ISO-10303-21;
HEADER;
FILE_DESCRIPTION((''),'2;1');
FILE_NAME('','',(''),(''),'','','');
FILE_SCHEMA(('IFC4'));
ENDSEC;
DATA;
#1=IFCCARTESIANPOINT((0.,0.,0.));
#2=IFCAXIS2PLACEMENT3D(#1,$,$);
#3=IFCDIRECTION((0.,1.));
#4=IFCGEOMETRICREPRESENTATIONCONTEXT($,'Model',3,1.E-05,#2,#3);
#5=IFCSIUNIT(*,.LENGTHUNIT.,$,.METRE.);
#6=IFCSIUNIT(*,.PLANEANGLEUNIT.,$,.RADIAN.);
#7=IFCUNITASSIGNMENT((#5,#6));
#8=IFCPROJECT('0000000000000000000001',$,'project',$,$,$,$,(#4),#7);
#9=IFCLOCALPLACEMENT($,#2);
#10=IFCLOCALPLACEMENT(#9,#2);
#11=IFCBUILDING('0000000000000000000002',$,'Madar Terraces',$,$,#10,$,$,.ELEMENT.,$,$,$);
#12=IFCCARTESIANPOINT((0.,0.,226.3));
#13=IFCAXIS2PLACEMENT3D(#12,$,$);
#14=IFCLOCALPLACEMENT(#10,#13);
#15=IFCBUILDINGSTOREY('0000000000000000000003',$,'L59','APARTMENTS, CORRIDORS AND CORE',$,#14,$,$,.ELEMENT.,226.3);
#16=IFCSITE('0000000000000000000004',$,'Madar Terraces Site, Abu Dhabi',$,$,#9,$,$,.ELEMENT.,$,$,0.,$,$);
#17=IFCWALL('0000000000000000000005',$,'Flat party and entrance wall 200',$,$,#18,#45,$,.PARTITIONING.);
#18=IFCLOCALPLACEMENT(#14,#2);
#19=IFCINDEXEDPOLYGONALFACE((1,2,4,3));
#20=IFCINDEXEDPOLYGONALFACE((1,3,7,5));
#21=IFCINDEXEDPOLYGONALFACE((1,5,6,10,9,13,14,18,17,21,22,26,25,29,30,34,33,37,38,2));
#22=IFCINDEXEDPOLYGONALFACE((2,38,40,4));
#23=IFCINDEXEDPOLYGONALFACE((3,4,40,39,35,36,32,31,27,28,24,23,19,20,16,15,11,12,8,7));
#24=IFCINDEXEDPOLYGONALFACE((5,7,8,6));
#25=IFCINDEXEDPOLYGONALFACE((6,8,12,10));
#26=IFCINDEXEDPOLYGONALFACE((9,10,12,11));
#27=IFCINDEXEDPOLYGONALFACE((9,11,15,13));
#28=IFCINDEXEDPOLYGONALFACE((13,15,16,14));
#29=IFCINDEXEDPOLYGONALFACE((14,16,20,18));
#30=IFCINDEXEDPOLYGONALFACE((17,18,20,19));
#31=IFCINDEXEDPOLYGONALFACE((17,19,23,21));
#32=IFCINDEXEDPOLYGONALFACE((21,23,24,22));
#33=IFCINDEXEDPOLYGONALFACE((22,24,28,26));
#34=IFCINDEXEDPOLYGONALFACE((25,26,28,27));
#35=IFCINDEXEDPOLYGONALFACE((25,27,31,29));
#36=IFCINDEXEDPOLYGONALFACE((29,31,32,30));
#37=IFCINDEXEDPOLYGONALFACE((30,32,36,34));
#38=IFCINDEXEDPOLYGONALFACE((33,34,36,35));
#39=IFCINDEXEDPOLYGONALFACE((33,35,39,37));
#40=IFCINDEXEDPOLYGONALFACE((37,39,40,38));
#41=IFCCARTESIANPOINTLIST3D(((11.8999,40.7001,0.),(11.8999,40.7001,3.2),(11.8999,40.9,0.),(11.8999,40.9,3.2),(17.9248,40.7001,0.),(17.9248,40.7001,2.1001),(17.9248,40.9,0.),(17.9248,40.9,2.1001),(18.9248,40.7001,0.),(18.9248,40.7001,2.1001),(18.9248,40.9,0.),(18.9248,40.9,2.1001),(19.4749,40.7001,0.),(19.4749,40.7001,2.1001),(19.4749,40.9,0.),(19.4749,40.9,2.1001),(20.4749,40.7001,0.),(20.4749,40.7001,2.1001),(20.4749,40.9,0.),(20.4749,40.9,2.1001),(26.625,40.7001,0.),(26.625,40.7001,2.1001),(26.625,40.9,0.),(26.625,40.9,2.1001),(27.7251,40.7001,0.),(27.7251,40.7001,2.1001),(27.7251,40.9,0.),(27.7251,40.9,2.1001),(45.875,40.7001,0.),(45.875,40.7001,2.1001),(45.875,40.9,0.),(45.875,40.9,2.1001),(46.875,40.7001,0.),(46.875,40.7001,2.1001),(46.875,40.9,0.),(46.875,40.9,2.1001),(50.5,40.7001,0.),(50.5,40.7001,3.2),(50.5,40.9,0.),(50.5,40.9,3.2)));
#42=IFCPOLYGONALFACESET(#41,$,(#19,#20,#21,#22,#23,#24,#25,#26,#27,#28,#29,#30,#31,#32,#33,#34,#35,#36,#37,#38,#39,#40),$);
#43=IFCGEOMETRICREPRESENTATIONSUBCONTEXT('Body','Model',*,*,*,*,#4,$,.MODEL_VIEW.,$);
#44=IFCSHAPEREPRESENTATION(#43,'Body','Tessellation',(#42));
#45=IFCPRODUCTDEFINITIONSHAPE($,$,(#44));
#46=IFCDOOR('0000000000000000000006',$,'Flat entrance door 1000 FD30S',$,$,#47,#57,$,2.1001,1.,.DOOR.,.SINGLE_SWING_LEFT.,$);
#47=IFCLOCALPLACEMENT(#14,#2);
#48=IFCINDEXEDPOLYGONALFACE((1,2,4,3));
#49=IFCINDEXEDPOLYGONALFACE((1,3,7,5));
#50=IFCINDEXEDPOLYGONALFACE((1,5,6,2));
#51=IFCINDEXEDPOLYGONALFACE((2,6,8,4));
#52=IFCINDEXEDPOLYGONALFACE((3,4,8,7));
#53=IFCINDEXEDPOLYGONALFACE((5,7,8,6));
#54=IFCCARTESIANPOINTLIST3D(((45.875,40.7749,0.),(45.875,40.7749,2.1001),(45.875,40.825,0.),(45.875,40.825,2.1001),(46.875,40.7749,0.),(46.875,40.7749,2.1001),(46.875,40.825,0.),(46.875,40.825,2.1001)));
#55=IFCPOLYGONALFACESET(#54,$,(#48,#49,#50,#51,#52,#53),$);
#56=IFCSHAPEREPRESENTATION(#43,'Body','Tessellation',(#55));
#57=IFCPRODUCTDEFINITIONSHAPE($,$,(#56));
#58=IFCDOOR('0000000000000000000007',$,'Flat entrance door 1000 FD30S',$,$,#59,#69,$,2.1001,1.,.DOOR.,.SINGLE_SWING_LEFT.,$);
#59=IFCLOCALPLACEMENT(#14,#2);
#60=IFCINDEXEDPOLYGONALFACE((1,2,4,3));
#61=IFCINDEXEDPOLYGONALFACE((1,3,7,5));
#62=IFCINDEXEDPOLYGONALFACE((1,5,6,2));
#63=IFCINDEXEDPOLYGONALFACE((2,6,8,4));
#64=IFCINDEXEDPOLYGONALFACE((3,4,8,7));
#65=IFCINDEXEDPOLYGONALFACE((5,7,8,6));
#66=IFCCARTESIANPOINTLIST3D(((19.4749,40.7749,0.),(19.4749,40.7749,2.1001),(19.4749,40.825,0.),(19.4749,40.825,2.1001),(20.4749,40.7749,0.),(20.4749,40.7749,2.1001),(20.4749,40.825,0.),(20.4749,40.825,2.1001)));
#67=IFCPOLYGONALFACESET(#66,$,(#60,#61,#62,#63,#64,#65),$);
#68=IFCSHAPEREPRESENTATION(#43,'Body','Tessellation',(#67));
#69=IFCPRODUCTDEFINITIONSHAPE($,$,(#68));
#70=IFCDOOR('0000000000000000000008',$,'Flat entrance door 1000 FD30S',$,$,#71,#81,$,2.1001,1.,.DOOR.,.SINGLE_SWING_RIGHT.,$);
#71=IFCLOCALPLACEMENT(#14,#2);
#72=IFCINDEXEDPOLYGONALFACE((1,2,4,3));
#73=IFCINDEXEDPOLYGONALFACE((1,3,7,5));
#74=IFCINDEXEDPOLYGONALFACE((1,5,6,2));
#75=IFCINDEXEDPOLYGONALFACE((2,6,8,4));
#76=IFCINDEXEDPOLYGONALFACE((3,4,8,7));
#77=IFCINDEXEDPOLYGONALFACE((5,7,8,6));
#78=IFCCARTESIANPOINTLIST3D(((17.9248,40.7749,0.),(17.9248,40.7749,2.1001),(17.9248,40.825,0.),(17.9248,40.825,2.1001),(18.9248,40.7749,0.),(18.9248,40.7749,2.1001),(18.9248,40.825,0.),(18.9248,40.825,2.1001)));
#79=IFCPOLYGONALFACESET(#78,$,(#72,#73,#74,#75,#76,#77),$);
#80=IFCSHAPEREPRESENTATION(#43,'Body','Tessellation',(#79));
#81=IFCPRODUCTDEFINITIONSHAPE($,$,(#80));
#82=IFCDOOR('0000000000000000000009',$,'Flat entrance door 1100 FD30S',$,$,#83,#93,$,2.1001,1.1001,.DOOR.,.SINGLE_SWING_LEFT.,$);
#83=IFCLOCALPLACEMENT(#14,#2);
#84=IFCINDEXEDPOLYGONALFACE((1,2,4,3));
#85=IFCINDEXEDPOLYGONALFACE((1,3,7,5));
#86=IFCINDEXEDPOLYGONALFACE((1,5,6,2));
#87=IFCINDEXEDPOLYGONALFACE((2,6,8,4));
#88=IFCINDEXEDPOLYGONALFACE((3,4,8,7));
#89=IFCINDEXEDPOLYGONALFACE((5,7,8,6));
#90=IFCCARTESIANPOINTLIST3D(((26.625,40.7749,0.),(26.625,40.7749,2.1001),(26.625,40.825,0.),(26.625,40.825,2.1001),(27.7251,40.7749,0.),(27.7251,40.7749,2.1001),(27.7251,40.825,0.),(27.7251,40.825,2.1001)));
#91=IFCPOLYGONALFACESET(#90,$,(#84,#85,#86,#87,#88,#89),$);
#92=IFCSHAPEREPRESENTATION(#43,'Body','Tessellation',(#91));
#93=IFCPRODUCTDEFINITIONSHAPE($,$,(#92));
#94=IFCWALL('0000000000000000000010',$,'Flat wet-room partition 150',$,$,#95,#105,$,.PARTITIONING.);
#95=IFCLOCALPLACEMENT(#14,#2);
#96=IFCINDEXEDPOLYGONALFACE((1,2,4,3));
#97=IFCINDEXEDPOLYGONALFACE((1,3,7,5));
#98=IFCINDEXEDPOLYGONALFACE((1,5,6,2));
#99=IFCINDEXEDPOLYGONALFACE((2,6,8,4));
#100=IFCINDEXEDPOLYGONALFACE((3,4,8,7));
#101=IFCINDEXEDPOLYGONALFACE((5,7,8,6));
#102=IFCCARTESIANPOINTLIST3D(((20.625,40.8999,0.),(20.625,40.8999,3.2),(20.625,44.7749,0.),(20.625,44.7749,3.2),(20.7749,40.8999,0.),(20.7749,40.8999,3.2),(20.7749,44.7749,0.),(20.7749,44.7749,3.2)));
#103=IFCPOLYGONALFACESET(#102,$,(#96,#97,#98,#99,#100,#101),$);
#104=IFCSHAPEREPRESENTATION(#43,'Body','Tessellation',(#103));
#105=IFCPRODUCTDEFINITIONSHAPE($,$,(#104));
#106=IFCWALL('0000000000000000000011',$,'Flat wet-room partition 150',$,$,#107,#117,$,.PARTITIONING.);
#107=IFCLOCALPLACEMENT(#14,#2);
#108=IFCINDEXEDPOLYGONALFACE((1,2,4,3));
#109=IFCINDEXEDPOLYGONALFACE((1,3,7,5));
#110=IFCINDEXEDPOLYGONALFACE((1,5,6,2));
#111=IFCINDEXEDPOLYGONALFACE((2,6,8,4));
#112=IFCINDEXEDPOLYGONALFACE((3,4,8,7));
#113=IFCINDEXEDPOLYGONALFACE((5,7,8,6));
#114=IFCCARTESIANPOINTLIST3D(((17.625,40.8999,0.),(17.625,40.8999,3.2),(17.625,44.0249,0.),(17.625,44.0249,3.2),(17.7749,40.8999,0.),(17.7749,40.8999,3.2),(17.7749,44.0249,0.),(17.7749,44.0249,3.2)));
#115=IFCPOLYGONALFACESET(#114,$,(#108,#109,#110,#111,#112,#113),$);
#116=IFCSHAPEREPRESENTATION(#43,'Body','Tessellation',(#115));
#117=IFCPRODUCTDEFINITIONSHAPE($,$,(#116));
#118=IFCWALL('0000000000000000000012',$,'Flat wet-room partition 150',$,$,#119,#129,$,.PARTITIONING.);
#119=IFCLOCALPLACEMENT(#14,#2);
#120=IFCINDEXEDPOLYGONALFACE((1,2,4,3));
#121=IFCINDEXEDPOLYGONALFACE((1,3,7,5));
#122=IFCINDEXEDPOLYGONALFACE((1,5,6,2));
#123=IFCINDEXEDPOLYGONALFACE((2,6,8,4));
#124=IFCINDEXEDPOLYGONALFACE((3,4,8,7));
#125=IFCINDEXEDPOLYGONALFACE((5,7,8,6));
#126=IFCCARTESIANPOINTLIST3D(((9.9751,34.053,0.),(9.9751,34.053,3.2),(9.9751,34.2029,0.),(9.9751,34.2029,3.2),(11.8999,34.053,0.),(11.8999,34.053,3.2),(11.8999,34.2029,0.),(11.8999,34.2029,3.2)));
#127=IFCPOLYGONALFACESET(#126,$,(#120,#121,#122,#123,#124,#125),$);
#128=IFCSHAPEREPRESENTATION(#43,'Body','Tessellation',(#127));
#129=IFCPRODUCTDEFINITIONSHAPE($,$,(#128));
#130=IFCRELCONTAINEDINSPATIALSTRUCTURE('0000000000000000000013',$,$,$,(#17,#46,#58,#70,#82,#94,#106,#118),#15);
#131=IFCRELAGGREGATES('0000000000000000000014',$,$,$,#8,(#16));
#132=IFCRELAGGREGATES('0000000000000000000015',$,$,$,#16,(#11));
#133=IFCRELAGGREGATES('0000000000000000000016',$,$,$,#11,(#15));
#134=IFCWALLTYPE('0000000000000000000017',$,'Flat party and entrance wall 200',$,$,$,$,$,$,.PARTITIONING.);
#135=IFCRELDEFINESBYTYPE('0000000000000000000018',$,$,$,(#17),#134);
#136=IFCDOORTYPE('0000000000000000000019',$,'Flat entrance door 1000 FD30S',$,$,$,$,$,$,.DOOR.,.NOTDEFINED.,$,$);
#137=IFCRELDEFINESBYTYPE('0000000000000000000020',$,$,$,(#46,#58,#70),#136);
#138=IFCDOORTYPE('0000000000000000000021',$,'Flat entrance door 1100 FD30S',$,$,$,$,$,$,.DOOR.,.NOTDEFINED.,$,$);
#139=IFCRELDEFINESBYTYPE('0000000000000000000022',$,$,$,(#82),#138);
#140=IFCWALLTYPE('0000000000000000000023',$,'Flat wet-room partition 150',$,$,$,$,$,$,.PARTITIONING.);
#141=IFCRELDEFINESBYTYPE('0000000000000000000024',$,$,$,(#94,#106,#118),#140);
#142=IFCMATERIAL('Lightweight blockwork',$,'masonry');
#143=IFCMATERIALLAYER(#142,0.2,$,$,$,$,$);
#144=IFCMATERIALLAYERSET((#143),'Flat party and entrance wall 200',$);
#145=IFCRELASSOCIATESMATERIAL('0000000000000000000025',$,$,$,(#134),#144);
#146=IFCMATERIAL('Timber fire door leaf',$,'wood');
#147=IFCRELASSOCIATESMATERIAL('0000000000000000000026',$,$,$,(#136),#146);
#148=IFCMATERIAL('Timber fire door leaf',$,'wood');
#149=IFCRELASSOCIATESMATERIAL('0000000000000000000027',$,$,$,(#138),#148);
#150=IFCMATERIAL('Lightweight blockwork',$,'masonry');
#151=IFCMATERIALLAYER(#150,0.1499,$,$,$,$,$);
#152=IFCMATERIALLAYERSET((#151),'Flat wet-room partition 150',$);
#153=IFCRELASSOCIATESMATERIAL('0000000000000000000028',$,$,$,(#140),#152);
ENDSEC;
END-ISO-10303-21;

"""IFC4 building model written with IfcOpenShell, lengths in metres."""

from ifc_helpers import new_model, si_unit, direction, frame, frame_2d, origin, place, context, subcontext, project, spatial, rectangle, extrude, material, layer, layer_set, type_object, element, fill, save


model = new_model("IFC4")

# Units and contexts
model_context = context("Model", 3, precision=1e-05, world=origin(), true_north=direction((0.0, 1.0)))
body_context = subcontext(model_context, "Body", "Model", "MODEL_VIEW")
ifc_project = project(units=[si_unit("LENGTHUNIT", "METRE"), si_unit("PLANEANGLEUNIT", "RADIAN")], contexts=[model_context])

# Site, building, storey
site_placement = place(None, origin())
site = spatial("IfcSite", under=ifc_project, at=site_placement, Name="Madar Terraces Site, Abu Dhabi", CompositionType="ELEMENT", RefElevation=0.0)
building_placement = place(site_placement, origin())
building = spatial("IfcBuilding", under=site, at=building_placement, Name="Madar Terraces", CompositionType="ELEMENT")
storey_placement = place(building_placement, frame((0.0, 0.0, 226.3)))
storey = spatial("IfcBuildingStorey", under=building, at=storey_placement, Name="L59", Description="APARTMENTS, CORRIDORS AND CORE", CompositionType="ELEMENT", Elevation=226.3)

# Wall, openings, doors
ifc_material_1 = material(Name="Lightweight blockwork", Category="masonry")
ifc_layer_1 = layer(ifc_material_1, 0.2)
ifc_layer_set_1 = layer_set([ifc_layer_1], Name="Flat party and entrance wall 200")
wall_type_1 = type_object("IfcWallType", Name="Flat party and entrance wall 200", PredefinedType="PARTITIONING", material=ifc_layer_set_1)
wall_1_placement = place(storey_placement, frame((11.8999, 40.8, 0.0), z_axis=(0.0, 0.0, 1.0), x_axis=(1.0, 0.0, 0.0)))
wall_1 = element("IfcWall", 1, at=wall_1_placement, inside=storey, type_object=wall_type_1, Name="Flat party and entrance wall 200", PredefinedType="PARTITIONING", context=body_context, shape_type="SweptSolid", body=[
    extrude(rectangle(XDim=38.6001, YDim=0.2, at=frame_2d((19.3, 0.0))), origin(), (0.0, 0.0, 1.0), 3.2),
])
opening_1_placement = place(wall_1_placement, frame((33.9751, 0.0, 0.0)))
opening_1 = element("IfcOpeningElement", 2, at=opening_1_placement, cuts=wall_1, PredefinedType="OPENING", context=body_context, shape_type="SweptSolid", body=[
    extrude(rectangle(XDim=1.0, YDim=2.1001, at=frame_2d((0.5, 1.05))), frame((0.0, 0.1099, 0.0), z_axis=(0.0, -1.0, 0.0), x_axis=(1.0, 0.0, 0.0)), (0.0, 0.0, 1.0), 0.22),
])
opening_2_placement = place(wall_1_placement, frame((14.7251, 0.0, 0.0)))
opening_2 = element("IfcOpeningElement", 3, at=opening_2_placement, cuts=wall_1, PredefinedType="OPENING", context=body_context, shape_type="SweptSolid", body=[
    extrude(rectangle(XDim=1.1001, YDim=2.1001, at=frame_2d((0.55, 1.05))), frame((0.0, 0.1099, 0.0), z_axis=(0.0, -1.0, 0.0), x_axis=(1.0, 0.0, 0.0)), (0.0, 0.0, 1.0), 0.22),
])
opening_3_placement = place(wall_1_placement, frame((7.575, 0.0, 0.0)))
opening_3 = element("IfcOpeningElement", 4, at=opening_3_placement, cuts=wall_1, PredefinedType="OPENING", context=body_context, shape_type="SweptSolid", body=[
    extrude(rectangle(XDim=1.0, YDim=2.1001, at=frame_2d((0.5, 1.05))), frame((0.0, 0.1099, 0.0), z_axis=(0.0, -1.0, 0.0), x_axis=(1.0, 0.0, 0.0)), (0.0, 0.0, 1.0), 0.22),
])
opening_4_placement = place(wall_1_placement, frame((6.0249, 0.0, 0.0)))
opening_4 = element("IfcOpeningElement", 5, at=opening_4_placement, cuts=wall_1, PredefinedType="OPENING", context=body_context, shape_type="SweptSolid", body=[
    extrude(rectangle(XDim=1.0, YDim=2.1001, at=frame_2d((0.5, 1.05))), frame((0.0, 0.1099, 0.0), z_axis=(0.0, -1.0, 0.0), x_axis=(1.0, 0.0, 0.0)), (0.0, 0.0, 1.0), 0.22),
])
ifc_material_2 = material(Name="Timber fire door leaf", Category="wood")
door_type_1 = type_object("IfcDoorType", Name="Flat entrance door 1000 FD30S", OperationType="NOTDEFINED", PredefinedType="DOOR", material=ifc_material_2)
door_1_placement = place(opening_1_placement, origin())
door_1 = element("IfcDoor", 6, at=door_1_placement, inside=storey, type_object=door_type_1, Name="Flat entrance door 1000 FD30S", OperationType="SINGLE_SWING_LEFT", OverallHeight=2.1001, OverallWidth=1.0, PredefinedType="DOOR", context=body_context, shape_type="SweptSolid", body=[
    extrude(rectangle(XDim=1.0, YDim=2.1001, at=frame_2d((0.5, 1.05))), frame((0.0, 0.0249, 0.0), z_axis=(0.0, -1.0, 0.0), x_axis=(1.0, 0.0, 0.0)), (0.0, 0.0, 1.0), 0.05),
])
fill(opening_1, door_1)
door_2_placement = place(opening_3_placement, origin())
door_2 = element("IfcDoor", 7, at=door_2_placement, inside=storey, type_object=door_type_1, Name="Flat entrance door 1000 FD30S", OperationType="SINGLE_SWING_LEFT", OverallHeight=2.1001, OverallWidth=1.0, PredefinedType="DOOR", context=body_context, shape_type="SweptSolid", body=[
    extrude(rectangle(XDim=1.0, YDim=2.1001, at=frame_2d((0.5, 1.05))), frame((0.0, 0.0249, 0.0), z_axis=(0.0, -1.0, 0.0), x_axis=(1.0, 0.0, 0.0)), (0.0, 0.0, 1.0), 0.05),
])
fill(opening_3, door_2)
door_3_placement = place(opening_4_placement, origin())
door_3 = element("IfcDoor", 8, at=door_3_placement, inside=storey, type_object=door_type_1, Name="Flat entrance door 1000 FD30S", OperationType="SINGLE_SWING_RIGHT", OverallHeight=2.1001, OverallWidth=1.0, PredefinedType="DOOR", context=body_context, shape_type="SweptSolid", body=[
    extrude(rectangle(XDim=1.0, YDim=2.1001, at=frame_2d((0.5, 1.05))), frame((0.0, 0.0249, 0.0), z_axis=(0.0, -1.0, 0.0), x_axis=(1.0, 0.0, 0.0)), (0.0, 0.0, 1.0), 0.05),
])
fill(opening_4, door_3)
ifc_material_3 = material(Name="Timber fire door leaf", Category="wood")
door_type_2 = type_object("IfcDoorType", Name="Flat entrance door 1100 FD30S", OperationType="NOTDEFINED", PredefinedType="DOOR", material=ifc_material_3)
door_4_placement = place(opening_2_placement, origin())
door_4 = element("IfcDoor", 9, at=door_4_placement, inside=storey, type_object=door_type_2, Name="Flat entrance door 1100 FD30S", OperationType="SINGLE_SWING_LEFT", OverallHeight=2.1001, OverallWidth=1.1001, PredefinedType="DOOR", context=body_context, shape_type="SweptSolid", body=[
    extrude(rectangle(XDim=1.1001, YDim=2.1001, at=frame_2d((0.55, 1.05))), frame((0.0, 0.0249, 0.0), z_axis=(0.0, -1.0, 0.0), x_axis=(1.0, 0.0, 0.0)), (0.0, 0.0, 1.0), 0.05),
])
fill(opening_2, door_4)

# Walls
ifc_material_4 = material(Name="Lightweight blockwork", Category="masonry")
ifc_layer_2 = layer(ifc_material_4, 0.1499)
ifc_layer_set_2 = layer_set([ifc_layer_2], Name="Flat wet-room partition 150")
wall_type_2 = type_object("IfcWallType", Name="Flat wet-room partition 150", PredefinedType="PARTITIONING", material=ifc_layer_set_2)
wall_2_placement = place(storey_placement, frame((20.7, 40.8999, 0.0), z_axis=(0.0, 0.0, 1.0), x_axis=(0.0, 1.0, 0.0)))
element("IfcWall", 10, at=wall_2_placement, inside=storey, type_object=wall_type_2, Name="Flat wet-room partition 150", PredefinedType="PARTITIONING", context=body_context, shape_type="SweptSolid", body=[
    extrude(rectangle(XDim=3.875, YDim=0.1499, at=frame_2d((1.9375, 0.0))), origin(), (0.0, 0.0, 1.0), 3.2),
])
wall_3_placement = place(storey_placement, frame((17.7, 40.8999, 0.0), z_axis=(0.0, 0.0, 1.0), x_axis=(0.0, 1.0, 0.0)))
element("IfcWall", 11, at=wall_3_placement, inside=storey, type_object=wall_type_2, Name="Flat wet-room partition 150", PredefinedType="PARTITIONING", context=body_context, shape_type="SweptSolid", body=[
    extrude(rectangle(XDim=3.125, YDim=0.1499, at=frame_2d((1.5625, 0.0))), origin(), (0.0, 0.0, 1.0), 3.2),
])
wall_4_placement = place(storey_placement, frame((11.8999, 34.1279, 0.0), z_axis=(0.0, 0.0, 1.0), x_axis=(-1.0, 0.0, 0.0)))
element("IfcWall", 12, at=wall_4_placement, inside=storey, type_object=wall_type_2, Name="Flat wet-room partition 150", PredefinedType="PARTITIONING", context=body_context, shape_type="SweptSolid", body=[
    extrude(rectangle(XDim=1.9248, YDim=0.1499, at=frame_2d((0.9624, 0.0))), origin(), (0.0, 0.0, 1.0), 3.2),
])

save(model, "model.ifc")
